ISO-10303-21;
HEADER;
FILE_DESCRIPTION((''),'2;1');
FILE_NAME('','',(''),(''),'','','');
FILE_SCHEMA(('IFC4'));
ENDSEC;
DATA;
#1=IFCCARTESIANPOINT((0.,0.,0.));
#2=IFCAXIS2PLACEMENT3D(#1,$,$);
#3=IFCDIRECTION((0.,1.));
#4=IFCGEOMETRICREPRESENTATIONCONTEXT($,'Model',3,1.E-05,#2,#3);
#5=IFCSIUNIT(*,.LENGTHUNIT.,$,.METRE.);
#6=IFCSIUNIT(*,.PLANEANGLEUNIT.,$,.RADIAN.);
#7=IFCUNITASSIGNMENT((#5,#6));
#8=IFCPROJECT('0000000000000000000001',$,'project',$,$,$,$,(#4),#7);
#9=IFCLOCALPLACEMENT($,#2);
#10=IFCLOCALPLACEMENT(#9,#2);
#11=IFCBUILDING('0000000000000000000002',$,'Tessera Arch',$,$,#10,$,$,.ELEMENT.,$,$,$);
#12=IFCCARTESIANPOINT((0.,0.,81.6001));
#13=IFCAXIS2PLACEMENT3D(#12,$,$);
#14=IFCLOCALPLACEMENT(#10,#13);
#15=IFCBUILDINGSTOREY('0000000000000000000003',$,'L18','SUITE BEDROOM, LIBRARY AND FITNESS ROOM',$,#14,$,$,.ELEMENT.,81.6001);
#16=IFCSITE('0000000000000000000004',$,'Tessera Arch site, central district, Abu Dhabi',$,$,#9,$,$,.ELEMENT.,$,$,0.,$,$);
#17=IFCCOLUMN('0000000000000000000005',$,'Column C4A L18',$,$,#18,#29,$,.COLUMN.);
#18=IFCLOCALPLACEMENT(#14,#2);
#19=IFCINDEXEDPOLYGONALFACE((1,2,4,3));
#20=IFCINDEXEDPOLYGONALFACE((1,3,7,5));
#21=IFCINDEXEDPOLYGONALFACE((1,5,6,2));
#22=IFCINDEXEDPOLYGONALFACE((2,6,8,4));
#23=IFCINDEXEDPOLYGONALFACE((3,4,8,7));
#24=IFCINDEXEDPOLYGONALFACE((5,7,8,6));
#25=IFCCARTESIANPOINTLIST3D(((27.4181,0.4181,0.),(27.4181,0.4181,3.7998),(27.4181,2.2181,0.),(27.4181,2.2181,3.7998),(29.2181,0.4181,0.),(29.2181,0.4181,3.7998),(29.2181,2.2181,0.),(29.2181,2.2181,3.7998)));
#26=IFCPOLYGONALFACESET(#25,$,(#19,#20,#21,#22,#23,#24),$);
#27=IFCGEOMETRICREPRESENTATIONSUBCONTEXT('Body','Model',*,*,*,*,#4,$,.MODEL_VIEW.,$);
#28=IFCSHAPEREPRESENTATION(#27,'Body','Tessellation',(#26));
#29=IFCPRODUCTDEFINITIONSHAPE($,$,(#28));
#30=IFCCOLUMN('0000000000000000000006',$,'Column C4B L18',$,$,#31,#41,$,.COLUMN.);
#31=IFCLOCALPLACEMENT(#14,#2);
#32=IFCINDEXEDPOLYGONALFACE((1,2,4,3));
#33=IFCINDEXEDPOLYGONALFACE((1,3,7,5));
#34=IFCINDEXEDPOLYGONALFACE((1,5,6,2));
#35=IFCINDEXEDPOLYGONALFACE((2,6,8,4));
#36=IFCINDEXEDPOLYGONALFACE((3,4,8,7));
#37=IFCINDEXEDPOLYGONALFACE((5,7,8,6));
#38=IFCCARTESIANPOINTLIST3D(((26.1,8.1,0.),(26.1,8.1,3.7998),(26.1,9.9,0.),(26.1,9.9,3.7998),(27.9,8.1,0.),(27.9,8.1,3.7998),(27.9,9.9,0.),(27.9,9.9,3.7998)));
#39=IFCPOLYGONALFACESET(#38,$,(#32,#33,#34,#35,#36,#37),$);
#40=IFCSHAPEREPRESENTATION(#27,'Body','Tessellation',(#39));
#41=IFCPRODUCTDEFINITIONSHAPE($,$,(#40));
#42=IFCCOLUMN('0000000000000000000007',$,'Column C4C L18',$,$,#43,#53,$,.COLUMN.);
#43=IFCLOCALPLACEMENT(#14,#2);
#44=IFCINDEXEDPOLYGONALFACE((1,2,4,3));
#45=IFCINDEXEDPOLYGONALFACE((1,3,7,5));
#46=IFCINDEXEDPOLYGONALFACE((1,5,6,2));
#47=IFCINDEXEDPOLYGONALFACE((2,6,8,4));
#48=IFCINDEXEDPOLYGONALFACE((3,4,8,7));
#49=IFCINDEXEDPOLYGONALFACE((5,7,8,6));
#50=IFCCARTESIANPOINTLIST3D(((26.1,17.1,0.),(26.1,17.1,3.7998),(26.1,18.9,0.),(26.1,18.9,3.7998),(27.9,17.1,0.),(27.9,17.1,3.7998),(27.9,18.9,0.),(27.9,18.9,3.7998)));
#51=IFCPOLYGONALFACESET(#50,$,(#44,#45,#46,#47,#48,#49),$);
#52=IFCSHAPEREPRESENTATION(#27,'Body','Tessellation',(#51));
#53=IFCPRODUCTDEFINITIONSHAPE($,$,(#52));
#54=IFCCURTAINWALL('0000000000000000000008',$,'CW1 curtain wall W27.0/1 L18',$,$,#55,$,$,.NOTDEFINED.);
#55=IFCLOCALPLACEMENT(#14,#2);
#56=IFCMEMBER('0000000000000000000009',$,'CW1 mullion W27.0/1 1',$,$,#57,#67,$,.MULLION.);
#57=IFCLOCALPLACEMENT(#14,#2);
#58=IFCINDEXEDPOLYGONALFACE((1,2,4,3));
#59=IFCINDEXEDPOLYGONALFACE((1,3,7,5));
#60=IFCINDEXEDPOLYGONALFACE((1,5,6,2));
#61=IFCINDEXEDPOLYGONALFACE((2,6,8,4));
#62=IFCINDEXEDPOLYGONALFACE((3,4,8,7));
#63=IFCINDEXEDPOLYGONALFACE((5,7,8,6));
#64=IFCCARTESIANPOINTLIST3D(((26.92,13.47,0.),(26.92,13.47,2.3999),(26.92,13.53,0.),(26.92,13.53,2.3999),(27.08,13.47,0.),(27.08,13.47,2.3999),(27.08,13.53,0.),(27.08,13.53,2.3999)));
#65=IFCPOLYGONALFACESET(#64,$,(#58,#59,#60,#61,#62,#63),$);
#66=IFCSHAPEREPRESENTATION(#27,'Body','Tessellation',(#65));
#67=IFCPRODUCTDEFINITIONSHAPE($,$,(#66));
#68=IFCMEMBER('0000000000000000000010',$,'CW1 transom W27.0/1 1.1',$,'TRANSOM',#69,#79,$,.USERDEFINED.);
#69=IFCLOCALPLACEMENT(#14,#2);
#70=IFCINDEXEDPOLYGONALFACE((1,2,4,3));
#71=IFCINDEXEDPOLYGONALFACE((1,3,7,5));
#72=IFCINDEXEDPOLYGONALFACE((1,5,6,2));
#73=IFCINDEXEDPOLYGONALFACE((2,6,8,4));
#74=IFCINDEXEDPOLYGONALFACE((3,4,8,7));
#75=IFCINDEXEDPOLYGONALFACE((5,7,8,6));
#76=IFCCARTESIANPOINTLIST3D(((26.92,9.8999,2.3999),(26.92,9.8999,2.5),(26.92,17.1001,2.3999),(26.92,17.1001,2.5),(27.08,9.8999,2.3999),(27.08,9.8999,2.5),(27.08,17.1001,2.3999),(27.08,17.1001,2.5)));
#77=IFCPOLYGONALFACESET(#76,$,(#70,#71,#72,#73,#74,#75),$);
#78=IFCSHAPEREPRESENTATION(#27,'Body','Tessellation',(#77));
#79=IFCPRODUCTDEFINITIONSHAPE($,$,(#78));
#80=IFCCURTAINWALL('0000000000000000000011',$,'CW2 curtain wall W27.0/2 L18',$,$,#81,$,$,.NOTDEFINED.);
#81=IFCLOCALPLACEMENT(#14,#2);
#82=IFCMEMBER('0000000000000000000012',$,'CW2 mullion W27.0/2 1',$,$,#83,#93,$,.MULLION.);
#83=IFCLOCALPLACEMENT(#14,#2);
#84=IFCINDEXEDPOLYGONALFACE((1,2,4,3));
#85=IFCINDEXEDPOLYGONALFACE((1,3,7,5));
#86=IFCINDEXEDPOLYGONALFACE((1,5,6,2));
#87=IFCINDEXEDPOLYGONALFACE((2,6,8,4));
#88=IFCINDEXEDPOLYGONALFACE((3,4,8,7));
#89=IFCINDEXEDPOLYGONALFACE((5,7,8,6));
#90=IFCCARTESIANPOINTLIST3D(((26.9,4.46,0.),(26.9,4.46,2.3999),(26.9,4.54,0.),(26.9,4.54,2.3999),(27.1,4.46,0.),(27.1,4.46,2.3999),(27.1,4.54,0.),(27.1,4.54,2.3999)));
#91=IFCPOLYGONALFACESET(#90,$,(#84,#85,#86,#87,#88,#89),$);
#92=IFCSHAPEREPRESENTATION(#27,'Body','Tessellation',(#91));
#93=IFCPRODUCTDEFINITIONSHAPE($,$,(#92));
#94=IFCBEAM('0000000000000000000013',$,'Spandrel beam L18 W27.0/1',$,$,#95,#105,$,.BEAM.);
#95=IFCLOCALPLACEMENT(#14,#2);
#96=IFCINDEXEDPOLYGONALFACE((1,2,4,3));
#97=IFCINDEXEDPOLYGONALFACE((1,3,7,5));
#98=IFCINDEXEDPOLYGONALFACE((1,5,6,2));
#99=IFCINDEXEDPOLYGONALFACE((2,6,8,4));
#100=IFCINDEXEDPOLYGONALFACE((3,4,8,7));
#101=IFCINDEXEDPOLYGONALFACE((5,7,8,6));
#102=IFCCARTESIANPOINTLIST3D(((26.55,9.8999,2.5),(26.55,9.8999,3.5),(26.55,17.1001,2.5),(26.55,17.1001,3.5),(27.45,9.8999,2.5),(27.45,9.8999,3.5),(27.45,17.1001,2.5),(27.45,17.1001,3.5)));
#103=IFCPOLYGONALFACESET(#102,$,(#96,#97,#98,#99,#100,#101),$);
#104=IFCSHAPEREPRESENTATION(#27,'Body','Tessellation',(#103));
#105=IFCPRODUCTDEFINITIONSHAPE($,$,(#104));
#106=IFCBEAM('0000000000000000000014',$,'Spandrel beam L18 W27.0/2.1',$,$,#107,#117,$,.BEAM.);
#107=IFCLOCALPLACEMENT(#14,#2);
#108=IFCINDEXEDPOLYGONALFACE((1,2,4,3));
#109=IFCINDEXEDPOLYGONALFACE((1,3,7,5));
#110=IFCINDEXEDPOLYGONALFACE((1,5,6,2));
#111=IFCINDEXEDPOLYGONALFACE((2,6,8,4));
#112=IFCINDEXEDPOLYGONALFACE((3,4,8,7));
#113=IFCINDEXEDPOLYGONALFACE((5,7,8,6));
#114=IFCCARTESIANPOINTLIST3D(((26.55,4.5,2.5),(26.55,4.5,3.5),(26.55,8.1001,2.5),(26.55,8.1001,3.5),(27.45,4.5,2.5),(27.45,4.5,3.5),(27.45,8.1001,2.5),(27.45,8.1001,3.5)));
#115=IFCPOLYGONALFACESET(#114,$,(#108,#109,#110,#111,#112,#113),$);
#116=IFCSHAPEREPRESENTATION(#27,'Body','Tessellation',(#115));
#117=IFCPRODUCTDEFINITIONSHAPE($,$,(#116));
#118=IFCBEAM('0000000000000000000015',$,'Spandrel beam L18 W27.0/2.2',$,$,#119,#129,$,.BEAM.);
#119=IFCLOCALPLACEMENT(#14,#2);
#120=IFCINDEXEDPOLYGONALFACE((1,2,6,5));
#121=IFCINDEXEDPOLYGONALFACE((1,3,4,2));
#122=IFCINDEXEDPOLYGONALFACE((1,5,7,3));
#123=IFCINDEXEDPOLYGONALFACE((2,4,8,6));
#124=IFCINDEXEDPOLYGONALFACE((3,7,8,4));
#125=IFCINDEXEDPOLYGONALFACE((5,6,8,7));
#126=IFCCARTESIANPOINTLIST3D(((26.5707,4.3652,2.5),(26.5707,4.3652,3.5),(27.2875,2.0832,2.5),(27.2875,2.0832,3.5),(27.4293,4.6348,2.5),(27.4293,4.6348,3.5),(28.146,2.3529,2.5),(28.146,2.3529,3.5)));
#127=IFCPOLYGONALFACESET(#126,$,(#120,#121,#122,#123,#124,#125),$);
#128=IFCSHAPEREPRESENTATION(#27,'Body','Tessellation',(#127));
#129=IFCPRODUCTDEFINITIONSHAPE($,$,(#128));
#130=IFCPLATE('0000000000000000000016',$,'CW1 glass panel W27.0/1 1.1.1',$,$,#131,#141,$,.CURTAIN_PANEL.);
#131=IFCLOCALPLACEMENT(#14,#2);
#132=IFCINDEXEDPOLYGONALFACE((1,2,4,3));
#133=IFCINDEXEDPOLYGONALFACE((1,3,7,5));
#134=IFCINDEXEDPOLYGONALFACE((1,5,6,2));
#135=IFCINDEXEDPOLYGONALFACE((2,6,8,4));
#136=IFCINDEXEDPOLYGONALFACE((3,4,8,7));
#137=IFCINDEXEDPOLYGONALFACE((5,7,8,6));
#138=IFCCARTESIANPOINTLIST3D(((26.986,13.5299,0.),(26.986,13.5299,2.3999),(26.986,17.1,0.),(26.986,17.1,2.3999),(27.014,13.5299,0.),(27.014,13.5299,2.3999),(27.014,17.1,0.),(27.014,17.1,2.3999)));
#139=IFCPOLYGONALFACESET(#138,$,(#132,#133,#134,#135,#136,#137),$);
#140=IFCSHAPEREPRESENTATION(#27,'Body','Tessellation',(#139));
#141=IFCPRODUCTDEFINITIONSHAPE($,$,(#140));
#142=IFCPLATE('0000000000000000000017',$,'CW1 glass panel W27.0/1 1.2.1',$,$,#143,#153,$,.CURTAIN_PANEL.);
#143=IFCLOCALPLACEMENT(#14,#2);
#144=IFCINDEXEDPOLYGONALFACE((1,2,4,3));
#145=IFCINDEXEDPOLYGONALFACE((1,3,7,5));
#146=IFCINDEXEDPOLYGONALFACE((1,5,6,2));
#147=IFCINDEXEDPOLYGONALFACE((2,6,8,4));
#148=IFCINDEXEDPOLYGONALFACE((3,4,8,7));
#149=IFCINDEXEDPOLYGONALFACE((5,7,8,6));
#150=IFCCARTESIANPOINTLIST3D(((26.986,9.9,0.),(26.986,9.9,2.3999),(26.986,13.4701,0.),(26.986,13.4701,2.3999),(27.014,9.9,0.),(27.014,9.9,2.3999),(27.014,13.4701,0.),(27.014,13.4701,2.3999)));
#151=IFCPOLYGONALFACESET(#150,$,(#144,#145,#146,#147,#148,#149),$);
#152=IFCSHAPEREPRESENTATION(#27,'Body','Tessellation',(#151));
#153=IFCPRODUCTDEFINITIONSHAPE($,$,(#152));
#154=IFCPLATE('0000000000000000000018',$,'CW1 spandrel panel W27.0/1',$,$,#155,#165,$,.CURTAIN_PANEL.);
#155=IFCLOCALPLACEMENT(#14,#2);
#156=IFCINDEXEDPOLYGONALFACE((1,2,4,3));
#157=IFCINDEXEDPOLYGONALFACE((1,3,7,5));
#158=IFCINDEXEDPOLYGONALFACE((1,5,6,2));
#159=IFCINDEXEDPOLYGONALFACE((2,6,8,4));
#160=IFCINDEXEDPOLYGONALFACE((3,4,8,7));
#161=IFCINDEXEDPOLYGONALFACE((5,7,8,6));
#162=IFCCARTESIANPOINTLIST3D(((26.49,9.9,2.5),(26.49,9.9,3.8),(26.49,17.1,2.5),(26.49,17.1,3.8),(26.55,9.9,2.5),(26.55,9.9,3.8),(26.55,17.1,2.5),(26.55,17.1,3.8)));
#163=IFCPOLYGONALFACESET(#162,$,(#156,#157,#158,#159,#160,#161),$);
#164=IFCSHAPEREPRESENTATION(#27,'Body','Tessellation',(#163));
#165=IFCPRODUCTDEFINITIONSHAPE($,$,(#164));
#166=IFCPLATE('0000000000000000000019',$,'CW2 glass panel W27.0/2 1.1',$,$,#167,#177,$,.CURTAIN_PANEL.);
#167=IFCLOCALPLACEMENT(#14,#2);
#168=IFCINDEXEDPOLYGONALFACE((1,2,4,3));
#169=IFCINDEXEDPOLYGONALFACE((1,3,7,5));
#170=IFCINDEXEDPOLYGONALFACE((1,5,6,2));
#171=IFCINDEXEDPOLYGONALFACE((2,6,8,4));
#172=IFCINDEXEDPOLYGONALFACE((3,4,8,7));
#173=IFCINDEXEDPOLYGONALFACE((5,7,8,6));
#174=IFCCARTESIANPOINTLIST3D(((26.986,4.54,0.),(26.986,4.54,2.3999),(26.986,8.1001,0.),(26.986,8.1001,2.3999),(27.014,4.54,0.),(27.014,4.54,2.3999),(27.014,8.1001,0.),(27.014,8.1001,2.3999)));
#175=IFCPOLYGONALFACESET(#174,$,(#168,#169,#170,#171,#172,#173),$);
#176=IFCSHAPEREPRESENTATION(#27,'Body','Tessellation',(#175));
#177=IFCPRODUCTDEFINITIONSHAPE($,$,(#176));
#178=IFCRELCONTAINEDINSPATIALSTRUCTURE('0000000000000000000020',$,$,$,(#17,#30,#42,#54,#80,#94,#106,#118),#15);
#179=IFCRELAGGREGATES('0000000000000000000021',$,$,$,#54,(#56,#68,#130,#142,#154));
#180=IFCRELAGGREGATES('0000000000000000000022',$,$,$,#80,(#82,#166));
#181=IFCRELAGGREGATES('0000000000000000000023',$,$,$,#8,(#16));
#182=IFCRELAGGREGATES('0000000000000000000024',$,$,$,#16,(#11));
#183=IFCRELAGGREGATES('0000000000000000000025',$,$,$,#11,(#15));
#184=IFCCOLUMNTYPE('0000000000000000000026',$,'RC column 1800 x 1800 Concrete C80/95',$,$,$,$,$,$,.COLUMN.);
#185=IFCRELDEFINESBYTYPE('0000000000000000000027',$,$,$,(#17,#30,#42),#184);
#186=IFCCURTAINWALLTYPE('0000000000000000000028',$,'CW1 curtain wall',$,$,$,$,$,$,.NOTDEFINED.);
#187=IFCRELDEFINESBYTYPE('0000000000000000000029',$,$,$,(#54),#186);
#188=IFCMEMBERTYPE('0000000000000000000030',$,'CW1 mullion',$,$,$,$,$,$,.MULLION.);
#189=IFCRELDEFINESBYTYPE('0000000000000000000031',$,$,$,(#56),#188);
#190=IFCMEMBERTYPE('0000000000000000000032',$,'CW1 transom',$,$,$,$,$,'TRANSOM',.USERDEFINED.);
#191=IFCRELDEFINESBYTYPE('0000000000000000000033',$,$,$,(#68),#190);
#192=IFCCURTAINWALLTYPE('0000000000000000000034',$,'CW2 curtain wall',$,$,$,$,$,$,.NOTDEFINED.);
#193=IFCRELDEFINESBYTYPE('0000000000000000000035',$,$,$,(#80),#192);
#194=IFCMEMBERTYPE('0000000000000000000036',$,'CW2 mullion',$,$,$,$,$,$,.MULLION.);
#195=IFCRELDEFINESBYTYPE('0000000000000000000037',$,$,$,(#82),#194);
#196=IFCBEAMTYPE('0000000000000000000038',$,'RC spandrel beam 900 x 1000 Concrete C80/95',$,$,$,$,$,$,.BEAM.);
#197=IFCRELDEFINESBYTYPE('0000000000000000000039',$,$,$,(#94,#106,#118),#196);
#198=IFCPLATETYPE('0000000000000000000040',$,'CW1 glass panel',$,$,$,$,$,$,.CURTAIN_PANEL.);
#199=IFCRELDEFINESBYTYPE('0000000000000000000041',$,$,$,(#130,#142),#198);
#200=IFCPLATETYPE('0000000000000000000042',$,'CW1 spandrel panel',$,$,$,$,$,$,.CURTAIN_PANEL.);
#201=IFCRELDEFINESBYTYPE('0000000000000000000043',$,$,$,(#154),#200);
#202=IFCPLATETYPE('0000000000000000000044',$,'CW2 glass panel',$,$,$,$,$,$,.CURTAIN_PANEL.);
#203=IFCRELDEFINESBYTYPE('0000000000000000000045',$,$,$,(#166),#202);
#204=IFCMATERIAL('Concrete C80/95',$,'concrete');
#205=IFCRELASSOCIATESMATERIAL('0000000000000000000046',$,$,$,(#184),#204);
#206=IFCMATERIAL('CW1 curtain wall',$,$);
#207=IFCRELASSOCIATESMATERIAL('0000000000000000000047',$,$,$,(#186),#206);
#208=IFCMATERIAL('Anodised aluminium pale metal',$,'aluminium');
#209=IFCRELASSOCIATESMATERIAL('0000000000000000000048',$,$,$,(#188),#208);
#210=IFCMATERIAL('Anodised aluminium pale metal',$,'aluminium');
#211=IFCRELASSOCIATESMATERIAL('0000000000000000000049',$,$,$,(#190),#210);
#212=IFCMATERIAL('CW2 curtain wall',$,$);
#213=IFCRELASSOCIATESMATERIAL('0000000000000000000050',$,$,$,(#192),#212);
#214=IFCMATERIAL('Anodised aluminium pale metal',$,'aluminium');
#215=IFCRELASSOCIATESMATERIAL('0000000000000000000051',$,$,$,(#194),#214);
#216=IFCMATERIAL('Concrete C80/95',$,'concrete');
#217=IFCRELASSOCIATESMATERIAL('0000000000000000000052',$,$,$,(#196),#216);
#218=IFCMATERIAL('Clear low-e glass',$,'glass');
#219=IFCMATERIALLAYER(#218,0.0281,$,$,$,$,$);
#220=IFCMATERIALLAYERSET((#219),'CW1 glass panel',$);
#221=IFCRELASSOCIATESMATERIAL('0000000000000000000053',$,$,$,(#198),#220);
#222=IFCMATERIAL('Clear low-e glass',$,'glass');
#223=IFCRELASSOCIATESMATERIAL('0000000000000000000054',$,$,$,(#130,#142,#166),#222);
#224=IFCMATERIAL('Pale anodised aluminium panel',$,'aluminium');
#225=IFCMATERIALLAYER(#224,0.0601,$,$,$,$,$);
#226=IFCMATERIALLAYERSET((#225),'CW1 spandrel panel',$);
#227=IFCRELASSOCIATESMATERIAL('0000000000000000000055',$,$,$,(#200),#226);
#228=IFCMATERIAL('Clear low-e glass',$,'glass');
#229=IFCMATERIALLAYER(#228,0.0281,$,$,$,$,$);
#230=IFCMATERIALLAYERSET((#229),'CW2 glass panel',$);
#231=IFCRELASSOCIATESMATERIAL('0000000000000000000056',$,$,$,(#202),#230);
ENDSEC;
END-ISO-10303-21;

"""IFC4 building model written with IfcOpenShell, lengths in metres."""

from ifc_helpers import new_model, si_unit, direction, frame, origin, origin_2d, place, context, subcontext, project, spatial, rectangle, extrude, material, layer, layer_set, material_profile, profile_set, type_object, element, aggregate, save


model = new_model("IFC4")

# Units and contexts
model_context = context("Model", 3, precision=1e-05, world=origin(), true_north=direction((0.0, 1.0)))
body_context = subcontext(model_context, "Body", "Model", "MODEL_VIEW")
ifc_project = project(units=[si_unit("LENGTHUNIT", "METRE"), si_unit("PLANEANGLEUNIT", "RADIAN")], contexts=[model_context])

# Site, building, storey
site_placement = place(None, origin())
site = spatial("IfcSite", under=ifc_project, at=site_placement, Name="Tessera Arch site, central district, Abu Dhabi", CompositionType="ELEMENT", RefElevation=0.0)
building_placement = place(site_placement, origin())
building = spatial("IfcBuilding", under=site, at=building_placement, Name="Tessera Arch", CompositionType="ELEMENT")
storey_placement = place(building_placement, frame((0.0, 0.0, 81.6001)))
storey = spatial("IfcBuildingStorey", under=building, at=storey_placement, Name="L18", Description="SUITE BEDROOM, LIBRARY AND FITNESS ROOM", CompositionType="ELEMENT", Elevation=81.6001)

# Columns
ifc_material_1 = material(Name="Concrete C80/95", Category="concrete")
ifc_material_profile_1 = material_profile(ifc_material_1, rectangle(XDim=1.8, YDim=1.8, at=origin_2d()), Name="RC column 1800 x 1800 Concrete C80/95")
ifc_profile_set_1 = profile_set([ifc_material_profile_1], Name="Concrete C80/95")
column_type = type_object("IfcColumnType", Name="RC column 1800 x 1800 Concrete C80/95", PredefinedType="COLUMN", material=ifc_profile_set_1)
for number, where, z_axis, x_axis, name in (
    (1, (28.3181, 1.3181, 0.0), (0.0, 0.0, 1.0), (1.0, 0.0, 0.0), "Column C4A L18"),
    (2, (27.0, 9.0, 0.0), (0.0, 0.0, 1.0), (1.0, 0.0, 0.0), "Column C4B L18"),
    (3, (27.0, 18.0, 0.0), (0.0, 0.0, 1.0), (1.0, 0.0, 0.0), "Column C4C L18"),
):
    element("IfcColumn", number, at=place(storey_placement, frame(where, z_axis=z_axis, x_axis=x_axis)), inside=storey, type_object=column_type, Name=name, PredefinedType="COLUMN", context=body_context, shape_type="SweptSolid", body=[
        extrude(rectangle(XDim=1.8, YDim=1.8, at=origin_2d()), origin(), (0.0, 0.0, 1.0), 3.7998),
    ])

# Curtain wall, members
ifc_material_2 = material(Name="CW1 curtain wall")
curtain_wall_type_1 = type_object("IfcCurtainWallType", Name="CW1 curtain wall", PredefinedType="NOTDEFINED", material=ifc_material_2)
curtain_wall_1_placement = place(storey_placement, origin())
curtain_wall_1 = element("IfcCurtainWall", 4, at=curtain_wall_1_placement, inside=storey, type_object=curtain_wall_type_1, Name="CW1 curtain wall W27.0/1 L18", PredefinedType="NOTDEFINED")
ifc_material_3 = material(Name="Anodised aluminium pale metal", Category="aluminium")
ifc_material_profile_2 = material_profile(ifc_material_3, rectangle(XDim=0.1599, YDim=0.0601, at=origin_2d()), Name="AL 60x160")
ifc_profile_set_2 = profile_set([ifc_material_profile_2], Name="Anodised aluminium pale metal")
member_type_1 = type_object("IfcMemberType", Name="CW1 mullion", PredefinedType="MULLION", material=ifc_profile_set_2)
member_1_placement = place(storey_placement, frame((27.0, 13.5, 0.0), z_axis=(0.0, 0.0, 1.0), x_axis=(1.0, 0.0, 0.0)))
member_1 = element("IfcMember", 5, at=member_1_placement, type_object=member_type_1, Name="CW1 mullion W27.0/1 1", PredefinedType="MULLION", context=body_context, shape_type="SweptSolid", body=[
    extrude(rectangle(XDim=0.1599, YDim=0.0601, at=origin_2d()), origin(), (0.0, 0.0, 1.0), 2.3999),
])
ifc_material_4 = material(Name="Anodised aluminium pale metal", Category="aluminium")
ifc_material_profile_3 = material_profile(ifc_material_4, rectangle(XDim=0.1599, YDim=0.1001, at=origin_2d()), Name="AL 160x100")
ifc_profile_set_3 = profile_set([ifc_material_profile_3], Name="Anodised aluminium pale metal")
member_type_2 = type_object("IfcMemberType", Name="CW1 transom", ElementType="TRANSOM", PredefinedType="USERDEFINED", material=ifc_profile_set_3)
member_2_placement = place(storey_placement, frame((27.0, 17.1001, 2.45), z_axis=(0.0, -1.0, 0.0), x_axis=(1.0, 0.0, 0.0)))
member_2 = element("IfcMember", 6, at=member_2_placement, type_object=member_type_2, Name="CW1 transom W27.0/1 1.1", ObjectType="TRANSOM", PredefinedType="USERDEFINED", context=body_context, shape_type="SweptSolid", body=[
    extrude(rectangle(XDim=0.1599, YDim=0.1001, at=origin_2d()), origin(), (0.0, 0.0, 1.0), 7.2002),
])

# Curtain wall, member
ifc_material_5 = material(Name="CW2 curtain wall")
curtain_wall_type_2 = type_object("IfcCurtainWallType", Name="CW2 curtain wall", PredefinedType="NOTDEFINED", material=ifc_material_5)
curtain_wall_2_placement = place(storey_placement, origin())
curtain_wall_2 = element("IfcCurtainWall", 7, at=curtain_wall_2_placement, inside=storey, type_object=curtain_wall_type_2, Name="CW2 curtain wall W27.0/2 L18", PredefinedType="NOTDEFINED")
ifc_material_6 = material(Name="Anodised aluminium pale metal", Category="aluminium")
ifc_material_profile_4 = material_profile(ifc_material_6, rectangle(XDim=0.2, YDim=0.0801, at=origin_2d()), Name="AL 80x200")
ifc_profile_set_4 = profile_set([ifc_material_profile_4], Name="Anodised aluminium pale metal")
member_type_3 = type_object("IfcMemberType", Name="CW2 mullion", PredefinedType="MULLION", material=ifc_profile_set_4)
member_3_placement = place(storey_placement, frame((27.0, 4.5, 0.0), z_axis=(0.0, 0.0, 1.0), x_axis=(1.0, 0.0, 0.0)))
member_3 = element("IfcMember", 8, at=member_3_placement, type_object=member_type_3, Name="CW2 mullion W27.0/2 1", PredefinedType="MULLION", context=body_context, shape_type="SweptSolid", body=[
    extrude(rectangle(XDim=0.2, YDim=0.0801, at=origin_2d()), origin(), (0.0, 0.0, 1.0), 2.3999),
])

# Beams
ifc_material_7 = material(Name="Concrete C80/95", Category="concrete")
ifc_material_profile_5 = material_profile(ifc_material_7, rectangle(XDim=0.8999, YDim=1.0, at=origin_2d()), Name="RC spandrel beam 900 x 1000 Concrete C80/95")
ifc_profile_set_5 = profile_set([ifc_material_profile_5], Name="Concrete C80/95")
beam_type = type_object("IfcBeamType", Name="RC spandrel beam 900 x 1000 Concrete C80/95", PredefinedType="BEAM", material=ifc_profile_set_5)
beam_1_placement = place(storey_placement, frame((27.0, 17.1001, 3.0), z_axis=(0.0, -1.0, 0.0), x_axis=(1.0, 0.0, 0.0)))
element("IfcBeam", 9, at=beam_1_placement, inside=storey, type_object=beam_type, Name="Spandrel beam L18 W27.0/1", PredefinedType="BEAM", context=body_context, shape_type="SweptSolid", body=[
    extrude(rectangle(XDim=0.8999, YDim=1.0, at=origin_2d()), origin(), (0.0, 0.0, 1.0), 7.2002),
])
beam_2_placement = place(storey_placement, frame((27.0, 8.1001, 3.0), z_axis=(0.0, -1.0, 0.0), x_axis=(1.0, 0.0, 0.0)))
element("IfcBeam", 10, at=beam_2_placement, inside=storey, type_object=beam_type, Name="Spandrel beam L18 W27.0/2.1", PredefinedType="BEAM", context=body_context, shape_type="SweptSolid", body=[
    extrude(rectangle(XDim=0.8999, YDim=1.0, at=origin_2d()), origin(), (0.0, 0.0, 1.0), 3.6001),
])
beam_3_placement = place(storey_placement, frame((27.0, 4.5, 3.0), z_axis=(0.299675, -0.954041, 0.0), x_axis=(0.954041, 0.299675, 0.0)))
element("IfcBeam", 11, at=beam_3_placement, inside=storey, type_object=beam_type, Name="Spandrel beam L18 W27.0/2.2", PredefinedType="BEAM", context=body_context, shape_type="SweptSolid", body=[
    extrude(rectangle(XDim=0.8999, YDim=1.0, at=origin_2d()), origin(), (0.0, 0.0, 1.0), 2.3918),
])

# Plates
ifc_material_8 = material(Name="Clear low-e glass", Category="glass")
ifc_material_9 = material(Name="Clear low-e glass", Category="glass")
ifc_layer_1 = layer(ifc_material_9, 0.0281)
ifc_layer_set_1 = layer_set([ifc_layer_1], Name="CW1 glass panel")
plate_type_1 = type_object("IfcPlateType", Name="CW1 glass panel", PredefinedType="CURTAIN_PANEL", material=ifc_layer_set_1)
plate_1_placement = place(storey_placement, frame((27.0, 15.3149, 0.0), z_axis=(0.0, 0.0, 1.0), x_axis=(0.0, -1.0, 0.0)))
plate_1 = element("IfcPlate", 12, at=plate_1_placement, type_object=plate_type_1, material=ifc_material_8, Name="CW1 glass panel W27.0/1 1.1.1", PredefinedType="CURTAIN_PANEL", context=body_context, shape_type="SweptSolid", body=[
    extrude(rectangle(XDim=3.5701, YDim=0.0281, at=origin_2d()), origin(), (0.0, 0.0, 1.0), 2.3999),
])
plate_2_placement = place(storey_placement, frame((27.0, 11.6851, 0.0), z_axis=(0.0, 0.0, 1.0), x_axis=(0.0, -1.0, 0.0)))
plate_2 = element("IfcPlate", 13, at=plate_2_placement, type_object=plate_type_1, material=ifc_material_8, Name="CW1 glass panel W27.0/1 1.2.1", PredefinedType="CURTAIN_PANEL", context=body_context, shape_type="SweptSolid", body=[
    extrude(rectangle(XDim=3.5701, YDim=0.0281, at=origin_2d()), origin(), (0.0, 0.0, 1.0), 2.3999),
])
ifc_material_10 = material(Name="Pale anodised aluminium panel", Category="aluminium")
ifc_layer_2 = layer(ifc_material_10, 0.0601)
ifc_layer_set_2 = layer_set([ifc_layer_2], Name="CW1 spandrel panel")
plate_type_2 = type_object("IfcPlateType", Name="CW1 spandrel panel", PredefinedType="CURTAIN_PANEL", material=ifc_layer_set_2)
plate_3_placement = place(storey_placement, frame((26.52, 13.5, 2.5), z_axis=(0.0, 0.0, 1.0), x_axis=(0.0, -1.0, 0.0)))
plate_3 = element("IfcPlate", 14, at=plate_3_placement, type_object=plate_type_2, Name="CW1 spandrel panel W27.0/1", PredefinedType="CURTAIN_PANEL", context=body_context, shape_type="SweptSolid", body=[
    extrude(rectangle(XDim=7.2, YDim=0.0601, at=origin_2d()), origin(), (0.0, 0.0, 1.0), 1.3),
])
aggregate(curtain_wall_1, [member_1, member_2, plate_1, plate_2, plate_3])
ifc_material_11 = material(Name="Clear low-e glass", Category="glass")
ifc_layer_3 = layer(ifc_material_11, 0.0281)
ifc_layer_set_3 = layer_set([ifc_layer_3], Name="CW2 glass panel")
plate_type_3 = type_object("IfcPlateType", Name="CW2 glass panel", PredefinedType="CURTAIN_PANEL", material=ifc_layer_set_3)
plate_4_placement = place(storey_placement, frame((27.0, 6.3201, 0.0), z_axis=(0.0, 0.0, 1.0), x_axis=(0.0, -1.0, 0.0)))
plate_4 = element("IfcPlate", 15, at=plate_4_placement, type_object=plate_type_3, material=ifc_material_8, Name="CW2 glass panel W27.0/2 1.1", PredefinedType="CURTAIN_PANEL", context=body_context, shape_type="SweptSolid", body=[
    extrude(rectangle(XDim=3.5601, YDim=0.0281, at=origin_2d()), origin(), (0.0, 0.0, 1.0), 2.3999),
])
aggregate(curtain_wall_2, [member_3, plate_4])

save(model, "model.ifc")
